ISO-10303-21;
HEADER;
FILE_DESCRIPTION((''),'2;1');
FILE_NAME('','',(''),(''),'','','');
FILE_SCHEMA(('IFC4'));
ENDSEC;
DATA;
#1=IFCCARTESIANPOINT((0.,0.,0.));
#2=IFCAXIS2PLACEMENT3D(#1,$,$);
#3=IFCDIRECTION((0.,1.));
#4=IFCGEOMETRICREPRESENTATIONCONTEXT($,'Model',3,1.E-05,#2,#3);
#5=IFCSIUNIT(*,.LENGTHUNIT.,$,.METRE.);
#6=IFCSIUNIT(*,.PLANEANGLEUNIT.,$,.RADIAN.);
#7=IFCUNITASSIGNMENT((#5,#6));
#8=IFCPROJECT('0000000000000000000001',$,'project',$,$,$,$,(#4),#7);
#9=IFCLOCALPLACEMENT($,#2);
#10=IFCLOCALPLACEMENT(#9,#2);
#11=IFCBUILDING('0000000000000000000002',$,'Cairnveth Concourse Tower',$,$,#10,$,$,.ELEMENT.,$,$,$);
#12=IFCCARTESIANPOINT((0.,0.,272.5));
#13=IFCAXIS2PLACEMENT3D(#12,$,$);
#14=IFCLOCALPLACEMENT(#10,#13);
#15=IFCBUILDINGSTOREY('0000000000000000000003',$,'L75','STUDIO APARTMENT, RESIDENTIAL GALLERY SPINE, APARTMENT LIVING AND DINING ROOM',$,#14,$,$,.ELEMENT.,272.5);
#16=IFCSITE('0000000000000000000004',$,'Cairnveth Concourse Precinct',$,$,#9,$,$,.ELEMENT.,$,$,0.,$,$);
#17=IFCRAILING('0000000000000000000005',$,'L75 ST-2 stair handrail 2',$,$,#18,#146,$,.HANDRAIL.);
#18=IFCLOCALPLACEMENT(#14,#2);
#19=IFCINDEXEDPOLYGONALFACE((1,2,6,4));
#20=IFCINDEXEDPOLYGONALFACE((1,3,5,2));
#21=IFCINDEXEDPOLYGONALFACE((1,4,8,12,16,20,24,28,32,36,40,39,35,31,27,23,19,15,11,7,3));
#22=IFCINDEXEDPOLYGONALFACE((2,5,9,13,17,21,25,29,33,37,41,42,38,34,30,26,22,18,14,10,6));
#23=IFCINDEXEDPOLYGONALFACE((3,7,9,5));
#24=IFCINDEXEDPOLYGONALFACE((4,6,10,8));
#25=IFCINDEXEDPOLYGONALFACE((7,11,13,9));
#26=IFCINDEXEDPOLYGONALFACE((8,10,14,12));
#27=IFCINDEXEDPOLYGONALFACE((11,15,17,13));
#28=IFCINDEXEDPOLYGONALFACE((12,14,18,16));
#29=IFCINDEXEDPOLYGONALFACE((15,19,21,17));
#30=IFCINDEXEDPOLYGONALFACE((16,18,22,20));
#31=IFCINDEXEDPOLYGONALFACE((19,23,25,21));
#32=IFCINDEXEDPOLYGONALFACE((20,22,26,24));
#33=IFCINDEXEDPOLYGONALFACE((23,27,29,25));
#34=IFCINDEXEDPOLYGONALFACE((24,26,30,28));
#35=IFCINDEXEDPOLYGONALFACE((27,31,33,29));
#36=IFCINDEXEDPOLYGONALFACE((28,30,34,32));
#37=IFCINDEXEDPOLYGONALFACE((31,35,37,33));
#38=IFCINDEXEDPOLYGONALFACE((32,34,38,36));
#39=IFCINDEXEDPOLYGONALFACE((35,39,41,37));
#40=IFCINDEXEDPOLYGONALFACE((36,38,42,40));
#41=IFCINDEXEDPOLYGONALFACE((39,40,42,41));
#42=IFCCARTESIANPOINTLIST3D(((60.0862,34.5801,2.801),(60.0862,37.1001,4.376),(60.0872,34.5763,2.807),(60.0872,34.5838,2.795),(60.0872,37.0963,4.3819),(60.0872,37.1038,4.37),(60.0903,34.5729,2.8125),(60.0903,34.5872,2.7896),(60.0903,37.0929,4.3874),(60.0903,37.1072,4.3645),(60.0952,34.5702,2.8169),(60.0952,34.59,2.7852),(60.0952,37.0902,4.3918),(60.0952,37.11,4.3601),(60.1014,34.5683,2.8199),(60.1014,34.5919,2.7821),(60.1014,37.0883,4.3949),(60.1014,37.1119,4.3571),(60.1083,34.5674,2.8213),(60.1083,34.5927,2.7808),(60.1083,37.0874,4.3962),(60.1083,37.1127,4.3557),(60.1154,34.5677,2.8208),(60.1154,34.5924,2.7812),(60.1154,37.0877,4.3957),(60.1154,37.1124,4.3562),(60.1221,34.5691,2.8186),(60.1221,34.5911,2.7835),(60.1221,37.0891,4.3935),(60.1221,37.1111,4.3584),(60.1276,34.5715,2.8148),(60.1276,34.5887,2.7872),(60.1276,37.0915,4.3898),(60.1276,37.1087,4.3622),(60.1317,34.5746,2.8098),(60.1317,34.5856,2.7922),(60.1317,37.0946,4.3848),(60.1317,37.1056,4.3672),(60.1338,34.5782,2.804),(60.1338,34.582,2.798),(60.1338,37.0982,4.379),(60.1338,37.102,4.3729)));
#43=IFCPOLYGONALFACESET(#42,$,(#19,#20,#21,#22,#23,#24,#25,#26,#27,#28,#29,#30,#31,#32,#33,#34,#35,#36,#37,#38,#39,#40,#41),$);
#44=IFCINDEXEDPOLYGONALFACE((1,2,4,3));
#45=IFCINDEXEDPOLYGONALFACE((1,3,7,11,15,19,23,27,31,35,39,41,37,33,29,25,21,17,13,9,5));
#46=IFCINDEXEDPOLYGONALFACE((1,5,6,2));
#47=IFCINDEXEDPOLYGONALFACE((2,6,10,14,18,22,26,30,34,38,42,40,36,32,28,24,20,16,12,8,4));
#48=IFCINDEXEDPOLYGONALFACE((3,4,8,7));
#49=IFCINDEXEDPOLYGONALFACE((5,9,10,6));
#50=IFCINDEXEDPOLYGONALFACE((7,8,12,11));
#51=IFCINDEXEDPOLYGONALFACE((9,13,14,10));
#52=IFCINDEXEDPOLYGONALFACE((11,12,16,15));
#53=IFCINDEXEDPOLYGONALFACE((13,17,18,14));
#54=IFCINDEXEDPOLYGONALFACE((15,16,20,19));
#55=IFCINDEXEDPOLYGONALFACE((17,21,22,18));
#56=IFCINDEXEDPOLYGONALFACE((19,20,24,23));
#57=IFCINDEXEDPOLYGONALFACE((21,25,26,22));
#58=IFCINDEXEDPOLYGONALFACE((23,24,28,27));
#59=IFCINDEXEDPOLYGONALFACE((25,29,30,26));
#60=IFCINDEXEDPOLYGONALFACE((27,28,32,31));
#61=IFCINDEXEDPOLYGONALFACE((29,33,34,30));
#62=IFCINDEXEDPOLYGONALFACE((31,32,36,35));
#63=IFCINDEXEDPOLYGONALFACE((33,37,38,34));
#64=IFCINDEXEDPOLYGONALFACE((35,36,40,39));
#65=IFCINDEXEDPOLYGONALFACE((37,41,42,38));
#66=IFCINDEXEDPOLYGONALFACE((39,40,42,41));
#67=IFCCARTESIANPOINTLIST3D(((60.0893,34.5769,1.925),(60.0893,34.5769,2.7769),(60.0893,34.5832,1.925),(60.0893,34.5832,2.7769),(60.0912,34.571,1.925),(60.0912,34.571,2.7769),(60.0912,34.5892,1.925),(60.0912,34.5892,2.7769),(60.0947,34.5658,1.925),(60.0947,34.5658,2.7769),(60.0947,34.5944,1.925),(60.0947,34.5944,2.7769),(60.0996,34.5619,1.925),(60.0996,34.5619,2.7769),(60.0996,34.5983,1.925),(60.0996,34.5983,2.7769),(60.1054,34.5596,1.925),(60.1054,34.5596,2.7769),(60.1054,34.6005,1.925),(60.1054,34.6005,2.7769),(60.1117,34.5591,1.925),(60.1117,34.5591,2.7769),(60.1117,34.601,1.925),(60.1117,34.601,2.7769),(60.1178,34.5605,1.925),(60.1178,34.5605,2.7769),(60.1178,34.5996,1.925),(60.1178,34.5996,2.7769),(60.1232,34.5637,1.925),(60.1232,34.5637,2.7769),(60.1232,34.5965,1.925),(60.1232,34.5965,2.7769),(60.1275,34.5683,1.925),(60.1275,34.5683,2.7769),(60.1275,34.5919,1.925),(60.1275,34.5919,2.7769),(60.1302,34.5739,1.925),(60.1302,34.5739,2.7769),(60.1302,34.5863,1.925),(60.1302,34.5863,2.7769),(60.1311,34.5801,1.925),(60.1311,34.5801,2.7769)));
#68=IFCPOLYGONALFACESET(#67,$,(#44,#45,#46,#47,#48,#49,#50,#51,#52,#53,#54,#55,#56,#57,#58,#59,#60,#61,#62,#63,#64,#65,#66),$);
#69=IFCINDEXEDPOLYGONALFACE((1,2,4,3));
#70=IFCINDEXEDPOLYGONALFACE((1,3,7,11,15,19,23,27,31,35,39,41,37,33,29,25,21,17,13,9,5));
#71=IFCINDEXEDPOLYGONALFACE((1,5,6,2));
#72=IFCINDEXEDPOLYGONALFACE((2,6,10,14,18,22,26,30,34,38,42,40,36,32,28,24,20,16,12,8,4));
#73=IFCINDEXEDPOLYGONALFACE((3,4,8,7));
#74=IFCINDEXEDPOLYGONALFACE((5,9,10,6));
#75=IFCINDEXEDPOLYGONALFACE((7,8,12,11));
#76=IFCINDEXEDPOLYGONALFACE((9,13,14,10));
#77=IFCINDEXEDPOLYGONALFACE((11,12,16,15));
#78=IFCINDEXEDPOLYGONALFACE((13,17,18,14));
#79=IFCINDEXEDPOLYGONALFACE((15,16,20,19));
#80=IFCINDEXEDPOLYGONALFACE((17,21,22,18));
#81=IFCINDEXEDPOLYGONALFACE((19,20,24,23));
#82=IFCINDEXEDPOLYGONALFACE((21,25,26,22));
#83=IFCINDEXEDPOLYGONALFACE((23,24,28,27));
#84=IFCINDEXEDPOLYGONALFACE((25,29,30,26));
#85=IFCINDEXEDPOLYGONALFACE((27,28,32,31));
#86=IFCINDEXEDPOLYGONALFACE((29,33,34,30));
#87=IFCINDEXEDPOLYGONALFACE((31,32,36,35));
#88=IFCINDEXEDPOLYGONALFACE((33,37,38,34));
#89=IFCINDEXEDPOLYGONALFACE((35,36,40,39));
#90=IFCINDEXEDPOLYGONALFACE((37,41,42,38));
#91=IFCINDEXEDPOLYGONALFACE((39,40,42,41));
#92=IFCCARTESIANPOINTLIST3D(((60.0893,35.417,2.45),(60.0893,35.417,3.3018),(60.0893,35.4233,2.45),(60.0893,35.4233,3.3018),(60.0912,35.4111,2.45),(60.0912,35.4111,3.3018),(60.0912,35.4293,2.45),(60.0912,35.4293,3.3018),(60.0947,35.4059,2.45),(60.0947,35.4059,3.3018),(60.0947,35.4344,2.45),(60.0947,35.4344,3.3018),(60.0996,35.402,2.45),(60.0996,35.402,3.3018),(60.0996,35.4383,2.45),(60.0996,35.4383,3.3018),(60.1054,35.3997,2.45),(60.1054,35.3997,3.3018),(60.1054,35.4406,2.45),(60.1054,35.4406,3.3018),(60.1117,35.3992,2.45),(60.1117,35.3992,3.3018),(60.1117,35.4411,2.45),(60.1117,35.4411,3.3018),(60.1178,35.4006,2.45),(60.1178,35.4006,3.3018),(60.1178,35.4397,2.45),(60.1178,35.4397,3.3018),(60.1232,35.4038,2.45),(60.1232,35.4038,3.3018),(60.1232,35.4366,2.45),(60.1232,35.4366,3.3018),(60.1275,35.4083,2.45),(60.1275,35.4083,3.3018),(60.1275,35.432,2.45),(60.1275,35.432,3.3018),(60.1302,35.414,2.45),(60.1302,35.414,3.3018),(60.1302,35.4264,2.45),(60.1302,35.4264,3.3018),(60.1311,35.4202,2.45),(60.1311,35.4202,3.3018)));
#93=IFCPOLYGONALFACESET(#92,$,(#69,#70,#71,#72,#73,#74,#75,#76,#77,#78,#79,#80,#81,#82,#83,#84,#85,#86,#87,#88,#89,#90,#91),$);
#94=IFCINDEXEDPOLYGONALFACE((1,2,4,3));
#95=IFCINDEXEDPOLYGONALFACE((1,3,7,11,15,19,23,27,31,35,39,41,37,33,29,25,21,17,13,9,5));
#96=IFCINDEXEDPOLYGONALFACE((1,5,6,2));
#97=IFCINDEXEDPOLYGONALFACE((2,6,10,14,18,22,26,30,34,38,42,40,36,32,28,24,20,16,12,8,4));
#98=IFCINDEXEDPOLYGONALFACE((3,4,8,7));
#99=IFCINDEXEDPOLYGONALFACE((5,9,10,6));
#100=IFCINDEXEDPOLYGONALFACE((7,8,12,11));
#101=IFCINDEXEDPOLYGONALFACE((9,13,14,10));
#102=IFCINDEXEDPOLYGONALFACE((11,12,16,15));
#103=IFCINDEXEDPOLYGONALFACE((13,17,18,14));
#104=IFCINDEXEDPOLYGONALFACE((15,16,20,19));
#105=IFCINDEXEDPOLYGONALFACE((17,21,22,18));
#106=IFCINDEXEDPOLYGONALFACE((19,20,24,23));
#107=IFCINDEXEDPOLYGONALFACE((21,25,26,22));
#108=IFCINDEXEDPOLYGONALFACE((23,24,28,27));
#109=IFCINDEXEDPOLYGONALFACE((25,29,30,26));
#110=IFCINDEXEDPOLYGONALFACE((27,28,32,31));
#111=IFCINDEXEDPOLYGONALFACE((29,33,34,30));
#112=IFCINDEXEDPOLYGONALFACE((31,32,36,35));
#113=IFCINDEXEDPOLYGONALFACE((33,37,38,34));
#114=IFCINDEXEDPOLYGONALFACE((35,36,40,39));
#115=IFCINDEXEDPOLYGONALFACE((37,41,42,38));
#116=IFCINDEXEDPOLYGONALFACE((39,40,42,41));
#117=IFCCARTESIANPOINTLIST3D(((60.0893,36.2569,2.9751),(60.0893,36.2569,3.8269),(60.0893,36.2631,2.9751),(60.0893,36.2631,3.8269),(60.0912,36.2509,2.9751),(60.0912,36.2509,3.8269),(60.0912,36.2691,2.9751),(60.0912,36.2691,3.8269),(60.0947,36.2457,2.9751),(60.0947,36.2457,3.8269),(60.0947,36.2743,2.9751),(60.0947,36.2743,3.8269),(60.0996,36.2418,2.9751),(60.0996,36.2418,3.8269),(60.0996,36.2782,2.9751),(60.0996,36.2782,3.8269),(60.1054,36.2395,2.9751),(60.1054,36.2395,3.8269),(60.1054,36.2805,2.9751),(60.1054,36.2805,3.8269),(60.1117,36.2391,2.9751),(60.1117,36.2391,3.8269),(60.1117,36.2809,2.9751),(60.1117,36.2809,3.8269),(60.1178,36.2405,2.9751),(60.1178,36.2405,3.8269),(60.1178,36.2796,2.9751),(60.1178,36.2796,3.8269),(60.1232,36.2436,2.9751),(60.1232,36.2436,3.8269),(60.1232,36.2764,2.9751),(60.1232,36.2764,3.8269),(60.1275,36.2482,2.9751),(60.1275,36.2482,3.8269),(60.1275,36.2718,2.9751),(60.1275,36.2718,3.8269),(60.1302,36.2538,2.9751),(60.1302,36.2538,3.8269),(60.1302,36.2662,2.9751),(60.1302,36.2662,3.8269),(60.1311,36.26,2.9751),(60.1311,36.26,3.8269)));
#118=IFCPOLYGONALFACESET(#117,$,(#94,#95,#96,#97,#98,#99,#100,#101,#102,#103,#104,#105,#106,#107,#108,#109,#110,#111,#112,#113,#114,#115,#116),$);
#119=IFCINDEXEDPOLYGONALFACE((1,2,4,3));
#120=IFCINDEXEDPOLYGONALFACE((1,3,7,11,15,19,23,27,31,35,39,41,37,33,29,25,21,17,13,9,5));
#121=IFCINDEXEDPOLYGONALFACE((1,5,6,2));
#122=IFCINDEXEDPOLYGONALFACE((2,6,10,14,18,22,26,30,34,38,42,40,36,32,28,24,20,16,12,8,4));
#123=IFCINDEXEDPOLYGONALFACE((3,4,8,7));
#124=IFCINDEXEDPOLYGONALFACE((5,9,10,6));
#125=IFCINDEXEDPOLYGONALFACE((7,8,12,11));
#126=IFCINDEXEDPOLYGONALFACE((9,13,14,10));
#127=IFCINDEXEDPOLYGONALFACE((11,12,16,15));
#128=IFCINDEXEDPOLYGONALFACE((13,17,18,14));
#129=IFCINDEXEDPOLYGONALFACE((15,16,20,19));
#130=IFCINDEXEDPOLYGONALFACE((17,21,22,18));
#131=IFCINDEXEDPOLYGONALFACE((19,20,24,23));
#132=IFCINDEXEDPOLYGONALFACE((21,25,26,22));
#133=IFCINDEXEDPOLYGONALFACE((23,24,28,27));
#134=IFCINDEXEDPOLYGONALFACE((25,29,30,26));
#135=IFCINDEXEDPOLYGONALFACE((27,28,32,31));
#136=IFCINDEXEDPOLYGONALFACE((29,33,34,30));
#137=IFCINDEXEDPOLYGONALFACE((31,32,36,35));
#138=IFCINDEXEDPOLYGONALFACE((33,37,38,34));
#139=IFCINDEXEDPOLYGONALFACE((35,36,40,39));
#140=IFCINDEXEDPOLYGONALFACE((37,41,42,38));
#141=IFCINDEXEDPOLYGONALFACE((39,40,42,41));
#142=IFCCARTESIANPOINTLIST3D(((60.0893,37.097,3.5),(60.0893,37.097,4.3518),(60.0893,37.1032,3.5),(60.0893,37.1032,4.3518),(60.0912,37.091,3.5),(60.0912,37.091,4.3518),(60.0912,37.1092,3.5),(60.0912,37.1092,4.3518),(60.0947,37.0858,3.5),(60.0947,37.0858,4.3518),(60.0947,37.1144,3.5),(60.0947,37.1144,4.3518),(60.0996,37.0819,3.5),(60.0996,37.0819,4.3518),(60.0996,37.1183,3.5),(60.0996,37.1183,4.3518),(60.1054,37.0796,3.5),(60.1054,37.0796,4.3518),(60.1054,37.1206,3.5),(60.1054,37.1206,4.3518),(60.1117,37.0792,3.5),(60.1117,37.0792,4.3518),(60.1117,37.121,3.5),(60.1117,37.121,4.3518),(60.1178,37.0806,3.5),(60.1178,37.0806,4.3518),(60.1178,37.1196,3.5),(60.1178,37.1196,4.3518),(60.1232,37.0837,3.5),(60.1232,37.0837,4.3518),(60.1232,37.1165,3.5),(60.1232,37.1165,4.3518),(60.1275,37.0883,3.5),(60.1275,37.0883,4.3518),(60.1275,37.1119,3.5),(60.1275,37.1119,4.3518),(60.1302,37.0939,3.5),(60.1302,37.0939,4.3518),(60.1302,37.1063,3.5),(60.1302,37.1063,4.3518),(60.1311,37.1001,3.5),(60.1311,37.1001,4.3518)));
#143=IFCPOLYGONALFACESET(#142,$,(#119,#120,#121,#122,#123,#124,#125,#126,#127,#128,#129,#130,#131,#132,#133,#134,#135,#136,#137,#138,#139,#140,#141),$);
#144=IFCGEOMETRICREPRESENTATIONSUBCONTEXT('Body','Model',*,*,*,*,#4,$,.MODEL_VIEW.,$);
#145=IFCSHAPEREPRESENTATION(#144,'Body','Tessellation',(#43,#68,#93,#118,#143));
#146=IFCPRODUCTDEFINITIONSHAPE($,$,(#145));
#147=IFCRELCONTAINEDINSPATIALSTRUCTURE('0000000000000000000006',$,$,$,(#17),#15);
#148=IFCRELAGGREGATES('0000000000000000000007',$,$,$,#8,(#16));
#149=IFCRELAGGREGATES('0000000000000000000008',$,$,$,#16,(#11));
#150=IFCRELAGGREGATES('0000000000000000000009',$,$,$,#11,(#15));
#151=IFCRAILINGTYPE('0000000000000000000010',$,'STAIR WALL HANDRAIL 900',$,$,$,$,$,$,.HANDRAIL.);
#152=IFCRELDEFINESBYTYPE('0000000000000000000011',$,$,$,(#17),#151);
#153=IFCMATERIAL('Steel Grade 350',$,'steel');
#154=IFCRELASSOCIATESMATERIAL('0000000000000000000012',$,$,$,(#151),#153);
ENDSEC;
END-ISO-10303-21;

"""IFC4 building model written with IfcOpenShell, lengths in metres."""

from ifc_helpers import new_model, si_unit, direction, frame, origin, origin_2d, place, context, subcontext, project, spatial, circle, extrude, material, type_object, element, save


model = new_model("IFC4")

# Units and contexts
model_context = context("Model", 3, precision=1e-05, world=origin(), true_north=direction((0.0, 1.0)))
body_context = subcontext(model_context, "Body", "Model", "MODEL_VIEW")
ifc_project = project(units=[si_unit("LENGTHUNIT", "METRE"), si_unit("PLANEANGLEUNIT", "RADIAN")], contexts=[model_context])

# Site, building, storey
site_placement = place(None, origin())
site = spatial("IfcSite", under=ifc_project, at=site_placement, Name="Cairnveth Concourse Precinct", CompositionType="ELEMENT", RefElevation=0.0)
building_placement = place(site_placement, origin())
building = spatial("IfcBuilding", under=site, at=building_placement, Name="Cairnveth Concourse Tower", CompositionType="ELEMENT")
storey_placement = place(building_placement, frame((0.0, 0.0, 272.5)))
storey = spatial("IfcBuildingStorey", under=building, at=storey_placement, Name="L75", Description="STUDIO APARTMENT, RESIDENTIAL GALLERY SPINE, APARTMENT LIVING AND DINING ROOM", CompositionType="ELEMENT", Elevation=272.5)

# Shared definitions
ifc_material_1 = material(Name="Steel Grade 350", Category="steel")

# Railing
railing_type_1 = type_object("IfcRailingType", Name="STAIR WALL HANDRAIL 900", PredefinedType="HANDRAIL", material=ifc_material_1)
railing_1_placement = place(storey_placement, frame((60.1101, 34.5801, 1.925)))
element("IfcRailing", 1, at=railing_1_placement, inside=storey, type_object=railing_type_1, Name="L75 ST-2 stair handrail 2", PredefinedType="HANDRAIL", context=body_context, shape_type="SweptSolid", body=[
    extrude(circle(Radius=0.0239, at=origin_2d()), frame((0.0, 0.0, 0.876), z_axis=(0.0, 0.848008, 0.529984), x_axis=(-1.0, 0.0, 0.0)), (0.0, 0.0, 1.0), 2.9717),
    extrude(circle(Radius=0.021, at=origin_2d()), origin(), (0.0, 0.0, 1.0), 0.8518),
    extrude(circle(Radius=0.021, at=origin_2d()), frame((0.0, 0.8401, 0.5249)), (0.0, 0.0, 1.0), 0.8518),
    extrude(circle(Radius=0.021, at=origin_2d()), frame((0.0, 1.6799, 1.05)), (0.0, 0.0, 1.0), 0.8518),
    extrude(circle(Radius=0.021, at=origin_2d()), frame((0.0, 2.52, 1.575)), (0.0, 0.0, 1.0), 0.8518),
])

save(model, "model.ifc")
